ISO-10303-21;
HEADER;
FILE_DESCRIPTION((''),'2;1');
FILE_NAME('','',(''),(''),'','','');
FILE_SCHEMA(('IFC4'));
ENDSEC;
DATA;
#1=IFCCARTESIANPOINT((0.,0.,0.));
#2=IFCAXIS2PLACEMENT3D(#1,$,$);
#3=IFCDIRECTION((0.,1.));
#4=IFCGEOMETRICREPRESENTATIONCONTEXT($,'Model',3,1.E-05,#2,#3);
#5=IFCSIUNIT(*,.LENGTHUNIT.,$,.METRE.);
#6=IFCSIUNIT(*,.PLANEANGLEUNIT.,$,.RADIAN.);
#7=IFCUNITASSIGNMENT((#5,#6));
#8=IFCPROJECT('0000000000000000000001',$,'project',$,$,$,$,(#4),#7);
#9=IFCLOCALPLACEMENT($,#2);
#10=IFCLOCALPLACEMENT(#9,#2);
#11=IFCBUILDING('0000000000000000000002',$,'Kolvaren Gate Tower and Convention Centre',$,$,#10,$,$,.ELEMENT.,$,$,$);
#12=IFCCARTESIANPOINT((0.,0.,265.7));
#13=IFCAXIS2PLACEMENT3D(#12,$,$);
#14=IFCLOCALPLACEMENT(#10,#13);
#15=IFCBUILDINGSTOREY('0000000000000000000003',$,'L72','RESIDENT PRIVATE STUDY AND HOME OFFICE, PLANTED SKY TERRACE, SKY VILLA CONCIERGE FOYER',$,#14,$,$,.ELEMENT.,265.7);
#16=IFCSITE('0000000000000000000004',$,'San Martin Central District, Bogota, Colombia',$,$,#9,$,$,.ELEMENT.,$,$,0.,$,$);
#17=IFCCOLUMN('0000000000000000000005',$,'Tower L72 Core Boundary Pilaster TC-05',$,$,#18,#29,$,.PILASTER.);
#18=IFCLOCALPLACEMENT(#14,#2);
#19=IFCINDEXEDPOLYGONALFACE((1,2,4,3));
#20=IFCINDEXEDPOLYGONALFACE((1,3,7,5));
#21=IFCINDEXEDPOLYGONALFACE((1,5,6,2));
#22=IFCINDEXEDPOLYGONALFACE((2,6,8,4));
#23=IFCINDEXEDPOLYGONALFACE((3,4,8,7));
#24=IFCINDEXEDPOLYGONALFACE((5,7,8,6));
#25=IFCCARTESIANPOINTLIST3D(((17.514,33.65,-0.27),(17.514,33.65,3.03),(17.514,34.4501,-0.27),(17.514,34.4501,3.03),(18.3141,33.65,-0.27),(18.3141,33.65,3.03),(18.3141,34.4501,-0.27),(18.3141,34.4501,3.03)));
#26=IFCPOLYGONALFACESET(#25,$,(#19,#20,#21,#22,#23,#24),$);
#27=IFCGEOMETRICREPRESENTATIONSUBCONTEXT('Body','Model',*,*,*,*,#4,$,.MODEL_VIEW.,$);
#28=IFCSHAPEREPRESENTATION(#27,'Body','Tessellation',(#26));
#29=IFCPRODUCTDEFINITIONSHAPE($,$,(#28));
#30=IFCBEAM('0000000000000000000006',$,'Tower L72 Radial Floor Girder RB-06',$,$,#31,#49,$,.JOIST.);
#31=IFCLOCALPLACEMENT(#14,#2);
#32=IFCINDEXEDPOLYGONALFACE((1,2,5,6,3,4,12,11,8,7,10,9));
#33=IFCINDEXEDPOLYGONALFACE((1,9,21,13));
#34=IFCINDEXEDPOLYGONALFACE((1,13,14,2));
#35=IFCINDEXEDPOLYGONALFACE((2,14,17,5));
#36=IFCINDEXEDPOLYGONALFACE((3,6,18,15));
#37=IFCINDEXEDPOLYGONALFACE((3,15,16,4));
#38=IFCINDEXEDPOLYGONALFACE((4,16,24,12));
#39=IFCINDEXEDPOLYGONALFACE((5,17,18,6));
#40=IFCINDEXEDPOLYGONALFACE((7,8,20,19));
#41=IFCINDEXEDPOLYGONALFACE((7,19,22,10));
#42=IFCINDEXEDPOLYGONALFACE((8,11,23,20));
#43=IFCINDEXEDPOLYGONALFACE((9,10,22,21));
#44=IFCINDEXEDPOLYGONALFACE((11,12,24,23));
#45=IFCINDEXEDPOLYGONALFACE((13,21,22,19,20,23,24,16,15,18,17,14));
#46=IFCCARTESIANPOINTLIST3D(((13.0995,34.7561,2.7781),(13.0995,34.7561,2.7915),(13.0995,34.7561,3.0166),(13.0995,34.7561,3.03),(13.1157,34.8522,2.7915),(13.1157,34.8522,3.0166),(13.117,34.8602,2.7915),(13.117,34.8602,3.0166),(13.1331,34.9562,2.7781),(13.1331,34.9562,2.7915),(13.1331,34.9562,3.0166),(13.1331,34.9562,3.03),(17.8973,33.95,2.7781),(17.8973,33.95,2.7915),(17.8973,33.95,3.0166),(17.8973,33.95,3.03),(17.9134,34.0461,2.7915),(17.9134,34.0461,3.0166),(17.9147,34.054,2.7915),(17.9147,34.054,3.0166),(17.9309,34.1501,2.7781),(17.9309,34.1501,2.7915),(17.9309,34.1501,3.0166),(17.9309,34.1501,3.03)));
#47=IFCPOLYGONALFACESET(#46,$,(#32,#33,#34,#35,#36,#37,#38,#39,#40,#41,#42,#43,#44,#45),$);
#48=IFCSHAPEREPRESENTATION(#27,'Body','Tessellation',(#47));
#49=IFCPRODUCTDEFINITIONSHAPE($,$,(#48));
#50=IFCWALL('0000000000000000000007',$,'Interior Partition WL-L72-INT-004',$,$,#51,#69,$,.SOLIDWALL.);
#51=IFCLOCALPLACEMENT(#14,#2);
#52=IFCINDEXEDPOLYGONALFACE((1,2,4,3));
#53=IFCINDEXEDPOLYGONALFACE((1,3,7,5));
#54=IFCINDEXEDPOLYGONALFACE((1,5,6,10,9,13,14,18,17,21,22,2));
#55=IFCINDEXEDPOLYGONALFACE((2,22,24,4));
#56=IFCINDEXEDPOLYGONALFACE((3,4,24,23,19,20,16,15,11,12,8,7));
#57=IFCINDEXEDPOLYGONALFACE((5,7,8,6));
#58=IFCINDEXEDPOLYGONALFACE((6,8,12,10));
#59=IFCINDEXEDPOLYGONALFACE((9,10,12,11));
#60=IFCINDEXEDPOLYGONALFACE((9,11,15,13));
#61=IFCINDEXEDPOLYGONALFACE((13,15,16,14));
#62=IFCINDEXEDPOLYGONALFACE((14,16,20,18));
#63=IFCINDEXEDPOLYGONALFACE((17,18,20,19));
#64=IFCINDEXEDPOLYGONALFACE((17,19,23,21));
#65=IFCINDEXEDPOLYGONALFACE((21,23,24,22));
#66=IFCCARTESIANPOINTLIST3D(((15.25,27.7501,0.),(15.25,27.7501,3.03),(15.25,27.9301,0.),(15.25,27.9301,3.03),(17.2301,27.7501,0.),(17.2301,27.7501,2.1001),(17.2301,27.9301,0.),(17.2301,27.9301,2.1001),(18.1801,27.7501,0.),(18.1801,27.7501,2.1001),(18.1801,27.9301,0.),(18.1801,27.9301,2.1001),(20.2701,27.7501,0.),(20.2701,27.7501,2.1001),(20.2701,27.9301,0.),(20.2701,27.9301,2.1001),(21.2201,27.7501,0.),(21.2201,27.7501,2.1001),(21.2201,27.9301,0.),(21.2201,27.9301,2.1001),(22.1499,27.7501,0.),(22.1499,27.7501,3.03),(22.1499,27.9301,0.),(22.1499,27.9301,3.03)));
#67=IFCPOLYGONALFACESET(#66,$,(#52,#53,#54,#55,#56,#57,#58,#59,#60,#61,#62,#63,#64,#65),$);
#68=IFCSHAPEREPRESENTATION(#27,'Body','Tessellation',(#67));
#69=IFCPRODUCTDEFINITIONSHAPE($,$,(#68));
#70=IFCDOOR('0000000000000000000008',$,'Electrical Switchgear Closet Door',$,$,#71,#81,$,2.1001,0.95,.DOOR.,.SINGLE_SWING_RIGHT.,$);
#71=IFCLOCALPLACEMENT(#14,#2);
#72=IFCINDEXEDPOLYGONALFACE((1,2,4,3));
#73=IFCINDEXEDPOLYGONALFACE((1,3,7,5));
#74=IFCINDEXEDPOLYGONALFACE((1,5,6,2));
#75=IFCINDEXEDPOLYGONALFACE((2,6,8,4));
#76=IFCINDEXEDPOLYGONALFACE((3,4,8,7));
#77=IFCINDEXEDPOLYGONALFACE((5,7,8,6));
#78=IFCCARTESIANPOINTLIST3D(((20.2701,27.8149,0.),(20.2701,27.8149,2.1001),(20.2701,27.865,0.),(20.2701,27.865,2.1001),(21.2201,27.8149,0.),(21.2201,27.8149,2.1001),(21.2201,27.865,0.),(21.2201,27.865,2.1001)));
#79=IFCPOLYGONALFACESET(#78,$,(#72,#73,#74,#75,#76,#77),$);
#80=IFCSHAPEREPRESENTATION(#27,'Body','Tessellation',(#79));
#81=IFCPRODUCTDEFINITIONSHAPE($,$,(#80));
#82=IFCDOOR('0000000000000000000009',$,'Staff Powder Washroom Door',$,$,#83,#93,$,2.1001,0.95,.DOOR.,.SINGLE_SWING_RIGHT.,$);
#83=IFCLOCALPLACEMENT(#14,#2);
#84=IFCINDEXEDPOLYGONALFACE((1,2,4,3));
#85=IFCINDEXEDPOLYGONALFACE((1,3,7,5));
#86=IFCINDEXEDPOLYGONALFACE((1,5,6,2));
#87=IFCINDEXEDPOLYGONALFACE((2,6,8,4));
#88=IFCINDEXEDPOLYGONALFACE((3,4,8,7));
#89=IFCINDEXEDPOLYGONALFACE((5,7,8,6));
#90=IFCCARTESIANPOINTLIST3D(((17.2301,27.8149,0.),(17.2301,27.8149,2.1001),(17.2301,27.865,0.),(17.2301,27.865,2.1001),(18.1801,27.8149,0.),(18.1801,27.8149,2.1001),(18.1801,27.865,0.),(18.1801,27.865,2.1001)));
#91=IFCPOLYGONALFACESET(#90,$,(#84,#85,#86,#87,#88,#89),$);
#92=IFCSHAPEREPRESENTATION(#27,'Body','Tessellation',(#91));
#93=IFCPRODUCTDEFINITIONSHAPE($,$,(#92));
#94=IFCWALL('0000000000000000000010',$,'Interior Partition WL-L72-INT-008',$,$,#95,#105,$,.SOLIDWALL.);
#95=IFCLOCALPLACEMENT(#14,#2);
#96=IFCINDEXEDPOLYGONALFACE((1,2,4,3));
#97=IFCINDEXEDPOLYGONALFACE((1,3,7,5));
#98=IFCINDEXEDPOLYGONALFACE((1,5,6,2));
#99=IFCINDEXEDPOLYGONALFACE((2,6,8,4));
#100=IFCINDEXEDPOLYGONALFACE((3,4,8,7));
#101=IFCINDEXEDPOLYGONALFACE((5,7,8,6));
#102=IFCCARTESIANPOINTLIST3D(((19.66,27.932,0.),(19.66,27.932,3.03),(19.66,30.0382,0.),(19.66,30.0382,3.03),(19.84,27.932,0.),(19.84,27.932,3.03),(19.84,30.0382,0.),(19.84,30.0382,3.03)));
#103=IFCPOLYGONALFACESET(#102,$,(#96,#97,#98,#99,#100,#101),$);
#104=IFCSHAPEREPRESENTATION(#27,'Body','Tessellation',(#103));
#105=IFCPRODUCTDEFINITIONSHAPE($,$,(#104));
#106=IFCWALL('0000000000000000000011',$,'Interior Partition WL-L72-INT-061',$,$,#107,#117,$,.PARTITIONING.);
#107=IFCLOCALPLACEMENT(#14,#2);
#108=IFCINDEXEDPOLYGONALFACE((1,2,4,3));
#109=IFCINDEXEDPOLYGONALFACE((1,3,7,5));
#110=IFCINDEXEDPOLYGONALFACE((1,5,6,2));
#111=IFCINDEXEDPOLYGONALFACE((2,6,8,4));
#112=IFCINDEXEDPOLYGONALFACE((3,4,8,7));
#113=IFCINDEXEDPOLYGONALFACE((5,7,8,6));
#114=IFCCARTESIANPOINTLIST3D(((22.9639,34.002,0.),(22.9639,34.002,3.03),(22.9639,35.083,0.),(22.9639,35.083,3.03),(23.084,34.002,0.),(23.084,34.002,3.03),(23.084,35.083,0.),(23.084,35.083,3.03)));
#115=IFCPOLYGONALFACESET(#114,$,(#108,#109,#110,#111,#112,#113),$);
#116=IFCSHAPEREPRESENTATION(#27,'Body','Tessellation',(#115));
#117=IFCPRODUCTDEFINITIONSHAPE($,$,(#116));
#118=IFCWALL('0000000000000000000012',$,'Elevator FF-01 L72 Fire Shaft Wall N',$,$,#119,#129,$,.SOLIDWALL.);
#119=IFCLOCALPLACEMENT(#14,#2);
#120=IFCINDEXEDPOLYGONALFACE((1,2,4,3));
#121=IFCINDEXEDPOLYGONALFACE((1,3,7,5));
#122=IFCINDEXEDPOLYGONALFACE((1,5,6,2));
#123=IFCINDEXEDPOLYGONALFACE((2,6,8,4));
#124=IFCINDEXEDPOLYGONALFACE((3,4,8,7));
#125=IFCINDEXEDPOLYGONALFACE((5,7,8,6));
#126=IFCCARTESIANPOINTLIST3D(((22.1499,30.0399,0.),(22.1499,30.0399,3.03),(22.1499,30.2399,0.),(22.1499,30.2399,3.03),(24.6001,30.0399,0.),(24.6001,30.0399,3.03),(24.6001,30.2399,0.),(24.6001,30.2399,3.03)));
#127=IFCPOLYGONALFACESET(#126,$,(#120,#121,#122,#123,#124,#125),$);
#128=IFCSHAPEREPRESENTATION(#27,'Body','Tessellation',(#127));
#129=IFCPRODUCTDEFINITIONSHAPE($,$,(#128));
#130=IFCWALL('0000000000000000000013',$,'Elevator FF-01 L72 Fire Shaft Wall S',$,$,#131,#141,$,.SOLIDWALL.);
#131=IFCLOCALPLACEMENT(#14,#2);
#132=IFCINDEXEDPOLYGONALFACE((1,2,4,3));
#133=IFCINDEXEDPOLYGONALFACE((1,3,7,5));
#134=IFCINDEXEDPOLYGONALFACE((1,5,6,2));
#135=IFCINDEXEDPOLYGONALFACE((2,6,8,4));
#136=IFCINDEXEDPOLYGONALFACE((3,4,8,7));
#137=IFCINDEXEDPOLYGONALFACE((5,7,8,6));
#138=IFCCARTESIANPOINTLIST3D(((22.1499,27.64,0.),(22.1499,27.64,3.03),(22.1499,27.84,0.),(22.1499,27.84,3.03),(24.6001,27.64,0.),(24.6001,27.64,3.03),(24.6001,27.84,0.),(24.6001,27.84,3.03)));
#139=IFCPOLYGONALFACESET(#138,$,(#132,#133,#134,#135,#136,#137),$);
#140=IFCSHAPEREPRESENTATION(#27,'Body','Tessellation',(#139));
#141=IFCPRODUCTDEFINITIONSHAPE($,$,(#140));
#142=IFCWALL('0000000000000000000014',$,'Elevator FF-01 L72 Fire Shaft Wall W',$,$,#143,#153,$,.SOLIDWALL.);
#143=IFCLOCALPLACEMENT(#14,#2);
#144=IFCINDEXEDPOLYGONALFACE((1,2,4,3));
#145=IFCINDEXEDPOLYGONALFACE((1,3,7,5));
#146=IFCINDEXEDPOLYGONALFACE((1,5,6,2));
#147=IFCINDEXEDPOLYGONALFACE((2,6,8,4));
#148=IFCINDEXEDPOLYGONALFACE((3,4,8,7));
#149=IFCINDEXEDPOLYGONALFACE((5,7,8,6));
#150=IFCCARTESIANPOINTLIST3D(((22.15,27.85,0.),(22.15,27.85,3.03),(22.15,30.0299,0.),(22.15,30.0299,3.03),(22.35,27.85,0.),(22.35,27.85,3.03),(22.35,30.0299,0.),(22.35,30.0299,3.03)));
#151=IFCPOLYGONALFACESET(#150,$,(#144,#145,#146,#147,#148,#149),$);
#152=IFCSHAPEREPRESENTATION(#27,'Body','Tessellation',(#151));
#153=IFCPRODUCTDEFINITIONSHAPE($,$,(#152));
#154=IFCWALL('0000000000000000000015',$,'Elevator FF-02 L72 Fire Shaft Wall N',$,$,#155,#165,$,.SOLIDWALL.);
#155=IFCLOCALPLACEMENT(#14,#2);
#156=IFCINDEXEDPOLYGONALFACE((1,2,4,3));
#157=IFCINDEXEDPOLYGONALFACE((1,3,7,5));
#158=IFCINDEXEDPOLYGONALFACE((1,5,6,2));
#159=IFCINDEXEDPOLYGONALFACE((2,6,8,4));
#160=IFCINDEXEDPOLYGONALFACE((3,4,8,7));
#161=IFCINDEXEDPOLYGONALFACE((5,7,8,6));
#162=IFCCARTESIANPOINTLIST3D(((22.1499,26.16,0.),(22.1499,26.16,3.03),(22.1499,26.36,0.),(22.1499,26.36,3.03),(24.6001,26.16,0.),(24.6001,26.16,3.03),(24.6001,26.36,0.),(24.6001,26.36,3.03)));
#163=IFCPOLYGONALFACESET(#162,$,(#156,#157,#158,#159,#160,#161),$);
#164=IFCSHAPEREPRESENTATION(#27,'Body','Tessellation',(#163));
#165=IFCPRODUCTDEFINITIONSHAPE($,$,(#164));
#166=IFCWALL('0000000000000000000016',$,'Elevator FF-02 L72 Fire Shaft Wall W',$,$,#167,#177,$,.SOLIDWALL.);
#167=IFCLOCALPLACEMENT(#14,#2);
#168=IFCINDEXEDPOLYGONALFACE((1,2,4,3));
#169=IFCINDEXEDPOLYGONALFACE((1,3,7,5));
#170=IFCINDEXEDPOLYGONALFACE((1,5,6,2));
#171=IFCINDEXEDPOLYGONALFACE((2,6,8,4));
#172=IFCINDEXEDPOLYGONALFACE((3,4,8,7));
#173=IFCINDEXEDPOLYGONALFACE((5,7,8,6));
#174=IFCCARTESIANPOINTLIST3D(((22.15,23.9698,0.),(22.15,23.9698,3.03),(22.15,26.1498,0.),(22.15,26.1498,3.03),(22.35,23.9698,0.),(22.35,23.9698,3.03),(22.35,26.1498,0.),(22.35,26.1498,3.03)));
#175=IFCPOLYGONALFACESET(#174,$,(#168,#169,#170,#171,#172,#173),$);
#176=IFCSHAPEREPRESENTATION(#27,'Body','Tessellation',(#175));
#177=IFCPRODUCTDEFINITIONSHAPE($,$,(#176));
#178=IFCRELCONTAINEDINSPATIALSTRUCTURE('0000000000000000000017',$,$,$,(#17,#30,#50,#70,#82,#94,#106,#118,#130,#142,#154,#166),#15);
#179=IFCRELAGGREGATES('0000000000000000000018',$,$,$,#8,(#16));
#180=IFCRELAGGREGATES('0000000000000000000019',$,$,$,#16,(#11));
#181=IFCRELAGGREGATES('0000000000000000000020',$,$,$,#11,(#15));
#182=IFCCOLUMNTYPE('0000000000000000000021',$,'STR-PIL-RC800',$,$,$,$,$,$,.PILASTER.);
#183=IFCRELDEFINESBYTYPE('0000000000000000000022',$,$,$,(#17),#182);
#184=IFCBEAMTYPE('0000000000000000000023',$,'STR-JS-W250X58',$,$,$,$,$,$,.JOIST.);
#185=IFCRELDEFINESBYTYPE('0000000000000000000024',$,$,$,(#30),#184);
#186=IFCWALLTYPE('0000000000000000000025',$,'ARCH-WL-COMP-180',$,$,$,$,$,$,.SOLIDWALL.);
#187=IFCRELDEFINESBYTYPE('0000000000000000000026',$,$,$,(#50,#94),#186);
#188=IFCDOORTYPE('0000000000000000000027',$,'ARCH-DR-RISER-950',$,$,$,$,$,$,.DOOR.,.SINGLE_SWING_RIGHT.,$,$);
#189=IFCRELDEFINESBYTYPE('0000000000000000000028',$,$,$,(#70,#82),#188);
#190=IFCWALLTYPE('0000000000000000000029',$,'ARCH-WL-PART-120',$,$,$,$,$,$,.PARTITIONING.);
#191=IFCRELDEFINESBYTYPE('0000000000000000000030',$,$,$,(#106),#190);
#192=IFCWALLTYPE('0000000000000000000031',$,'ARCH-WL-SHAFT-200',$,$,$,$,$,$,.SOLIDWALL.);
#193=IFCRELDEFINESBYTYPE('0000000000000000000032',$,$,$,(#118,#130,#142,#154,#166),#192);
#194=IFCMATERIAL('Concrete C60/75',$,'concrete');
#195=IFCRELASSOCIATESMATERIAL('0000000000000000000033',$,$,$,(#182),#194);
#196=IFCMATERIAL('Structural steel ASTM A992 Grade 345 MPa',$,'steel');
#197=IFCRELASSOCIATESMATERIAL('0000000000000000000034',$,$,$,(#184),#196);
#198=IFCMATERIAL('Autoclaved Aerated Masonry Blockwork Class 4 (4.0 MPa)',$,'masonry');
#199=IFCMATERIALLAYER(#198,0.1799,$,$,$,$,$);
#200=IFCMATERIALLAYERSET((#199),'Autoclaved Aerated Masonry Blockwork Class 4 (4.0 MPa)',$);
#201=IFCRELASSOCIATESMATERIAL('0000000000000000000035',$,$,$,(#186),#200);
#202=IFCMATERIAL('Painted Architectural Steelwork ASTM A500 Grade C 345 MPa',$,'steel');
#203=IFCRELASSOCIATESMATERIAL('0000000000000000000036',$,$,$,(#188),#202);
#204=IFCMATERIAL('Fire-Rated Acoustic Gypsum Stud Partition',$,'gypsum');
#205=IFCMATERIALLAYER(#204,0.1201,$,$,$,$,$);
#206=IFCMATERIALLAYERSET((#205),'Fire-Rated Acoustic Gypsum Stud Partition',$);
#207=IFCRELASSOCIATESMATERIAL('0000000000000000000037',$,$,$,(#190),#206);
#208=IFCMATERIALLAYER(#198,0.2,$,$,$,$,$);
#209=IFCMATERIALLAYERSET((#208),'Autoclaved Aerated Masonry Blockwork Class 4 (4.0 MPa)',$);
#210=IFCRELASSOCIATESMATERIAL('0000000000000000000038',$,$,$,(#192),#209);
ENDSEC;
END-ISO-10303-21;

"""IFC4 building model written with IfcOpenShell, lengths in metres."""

from ifc_helpers import new_model, si_unit, direction, frame, frame_2d, origin, origin_2d, place, context, subcontext, project, spatial, rectangle, i_section, extrude, material, layer, layer_set, material_profile, profile_set, type_object, element, fill, save


model = new_model("IFC4")

# Units and contexts
model_context = context("Model", 3, precision=1e-05, world=origin(), true_north=direction((0.0, 1.0)))
body_context = subcontext(model_context, "Body", "Model", "MODEL_VIEW")
ifc_project = project(units=[si_unit("LENGTHUNIT", "METRE"), si_unit("PLANEANGLEUNIT", "RADIAN")], contexts=[model_context])

# Site, building, storey
site_placement = place(None, origin())
site = spatial("IfcSite", under=ifc_project, at=site_placement, Name="San Martin Central District, Bogota, Colombia", CompositionType="ELEMENT", RefElevation=0.0)
building_placement = place(site_placement, origin())
building = spatial("IfcBuilding", under=site, at=building_placement, Name="Kolvaren Gate Tower and Convention Centre", CompositionType="ELEMENT")
storey_placement = place(building_placement, frame((0.0, 0.0, 265.7)))
storey = spatial("IfcBuildingStorey", under=building, at=storey_placement, Name="L72", Description="RESIDENT PRIVATE STUDY AND HOME OFFICE, PLANTED SKY TERRACE, SKY VILLA CONCIERGE FOYER", CompositionType="ELEMENT", Elevation=265.7)

# Column
ifc_material_1 = material(Name="Concrete C60/75", Category="concrete")
ifc_material_profile_1 = material_profile(ifc_material_1, rectangle(XDim=0.8, YDim=0.8, at=origin_2d()), Name="RC-COL-800X800")
ifc_profile_set_1 = profile_set([ifc_material_profile_1], Name="Concrete C60/75")
column_type = type_object("IfcColumnType", Name="STR-PIL-RC800", PredefinedType="PILASTER", material=ifc_profile_set_1)
column_placement = place(storey_placement, frame((17.9141, 34.05, -0.27), z_axis=(0.0, 0.0, 1.0), x_axis=(1.0, 0.0, 0.0)))
element("IfcColumn", 1, at=column_placement, inside=storey, type_object=column_type, Name="Tower L72 Core Boundary Pilaster TC-05", PredefinedType="PILASTER", context=body_context, shape_type="SweptSolid", body=[
    extrude(rectangle(XDim=0.8, YDim=0.8, at=origin_2d()), origin(), (0.0, 0.0, 1.0), 3.3),
])

# Beam
ifc_material_2 = material(Name="Structural steel ASTM A992 Grade 345 MPa", Category="steel")
ifc_material_profile_2 = material_profile(ifc_material_2, i_section(OverallWidth=0.2029, OverallDepth=0.252, WebThickness=0.0081, FlangeThickness=0.0134, at=origin_2d()), Name="W250X58")
ifc_profile_set_2 = profile_set([ifc_material_profile_2], Name="Structural steel ASTM A992 Grade 345 MPa")
beam_type = type_object("IfcBeamType", Name="STR-JS-W250X58", PredefinedType="JOIST", material=ifc_profile_set_2)
beam_placement = place(storey_placement, frame((17.9141, 34.05, 2.9041), z_axis=(-0.986176, 0.165701, 0.0), x_axis=(-0.165701, -0.986176, 0.0)))
element("IfcBeam", 2, at=beam_placement, inside=storey, type_object=beam_type, Name="Tower L72 Radial Floor Girder RB-06", PredefinedType="JOIST", context=body_context, shape_type="SweptSolid", body=[
    extrude(i_section(OverallWidth=0.2029, OverallDepth=0.252, WebThickness=0.0081, FlangeThickness=0.0134, at=origin_2d()), origin(), (0.0, 0.0, 1.0), 4.865),
])

# Wall, openings, doors
ifc_material_3 = material(Name="Autoclaved Aerated Masonry Blockwork Class 4 (4.0 MPa)", Category="masonry")
ifc_layer_1 = layer(ifc_material_3, 0.1799)
ifc_layer_set_1 = layer_set([ifc_layer_1], Name="Autoclaved Aerated Masonry Blockwork Class 4 (4.0 MPa)")
wall_type_1 = type_object("IfcWallType", Name="ARCH-WL-COMP-180", PredefinedType="SOLIDWALL", material=ifc_layer_set_1)
wall_1_placement = place(storey_placement, frame((15.25, 27.8401, 0.0), z_axis=(0.0, 0.0, 1.0), x_axis=(1.0, 0.0, 0.0)))
wall_1 = element("IfcWall", 3, at=wall_1_placement, inside=storey, type_object=wall_type_1, Name="Interior Partition WL-L72-INT-004", PredefinedType="SOLIDWALL", context=body_context, shape_type="SweptSolid", body=[
    extrude(rectangle(XDim=6.8999, YDim=0.1799, at=frame_2d((3.45, 0.0))), origin(), (0.0, 0.0, 1.0), 3.03),
])
opening_1_placement = place(wall_1_placement, frame((5.02, 0.0, 0.0)))
opening_1 = element("IfcOpeningElement", 4, at=opening_1_placement, cuts=wall_1, PredefinedType="OPENING", context=body_context, shape_type="SweptSolid", body=[
    extrude(rectangle(XDim=0.95, YDim=2.1001, at=frame_2d((0.4751, 1.05))), frame((0.0, 0.0999, 0.0), z_axis=(0.0, -1.0, 0.0), x_axis=(1.0, 0.0, 0.0)), (0.0, 0.0, 1.0), 0.2),
])
opening_2_placement = place(wall_1_placement, frame((1.98, 0.0, 0.0)))
opening_2 = element("IfcOpeningElement", 5, at=opening_2_placement, cuts=wall_1, PredefinedType="OPENING", context=body_context, shape_type="SweptSolid", body=[
    extrude(rectangle(XDim=0.95, YDim=2.1001, at=frame_2d((0.4751, 1.05))), frame((0.0, 0.0999, 0.0), z_axis=(0.0, -1.0, 0.0), x_axis=(1.0, 0.0, 0.0)), (0.0, 0.0, 1.0), 0.2),
])
ifc_material_4 = material(Name="Painted Architectural Steelwork ASTM A500 Grade C 345 MPa", Category="steel")
door_type = type_object("IfcDoorType", Name="ARCH-DR-RISER-950", OperationType="SINGLE_SWING_RIGHT", PredefinedType="DOOR", material=ifc_material_4)
door_1_placement = place(opening_1_placement, origin())
door_1 = element("IfcDoor", 6, at=door_1_placement, inside=storey, type_object=door_type, Name="Electrical Switchgear Closet Door", OperationType="SINGLE_SWING_RIGHT", OverallHeight=2.1001, OverallWidth=0.95, PredefinedType="DOOR", context=body_context, shape_type="SweptSolid", body=[
    extrude(rectangle(XDim=0.95, YDim=2.1001, at=frame_2d((0.4751, 1.05))), frame((0.0, 0.0249, 0.0), z_axis=(0.0, -1.0, 0.0), x_axis=(1.0, 0.0, 0.0)), (0.0, 0.0, 1.0), 0.05),
])
fill(opening_1, door_1)
door_2_placement = place(opening_2_placement, origin())
door_2 = element("IfcDoor", 7, at=door_2_placement, inside=storey, type_object=door_type, Name="Staff Powder Washroom Door", OperationType="SINGLE_SWING_RIGHT", OverallHeight=2.1001, OverallWidth=0.95, PredefinedType="DOOR", context=body_context, shape_type="SweptSolid", body=[
    extrude(rectangle(XDim=0.95, YDim=2.1001, at=frame_2d((0.4751, 1.05))), frame((0.0, 0.0249, 0.0), z_axis=(0.0, -1.0, 0.0), x_axis=(1.0, 0.0, 0.0)), (0.0, 0.0, 1.0), 0.05),
])
fill(opening_2, door_2)

# Walls
wall_2_placement = place(storey_placement, frame((19.75, 27.9319, 0.0), z_axis=(0.0, 0.0, 1.0), x_axis=(0.0, 1.0, 0.0)))
element("IfcWall", 8, at=wall_2_placement, inside=storey, type_object=wall_type_1, Name="Interior Partition WL-L72-INT-008", PredefinedType="SOLIDWALL", context=body_context, shape_type="SweptSolid", body=[
    extrude(rectangle(XDim=2.1062, YDim=0.1799, at=frame_2d((1.0532, 0.0))), origin(), (0.0, 0.0, 1.0), 3.03),
])
ifc_material_5 = material(Name="Fire-Rated Acoustic Gypsum Stud Partition", Category="gypsum")
ifc_layer_2 = layer(ifc_material_5, 0.1201)
ifc_layer_set_2 = layer_set([ifc_layer_2], Name="Fire-Rated Acoustic Gypsum Stud Partition")
wall_type_2 = type_object("IfcWallType", Name="ARCH-WL-PART-120", PredefinedType="PARTITIONING", material=ifc_layer_set_2)
wall_3_placement = place(storey_placement, frame((23.0239, 34.002, 0.0), z_axis=(0.0, 0.0, 1.0), x_axis=(0.0, 1.0, 0.0)))
element("IfcWall", 9, at=wall_3_placement, inside=storey, type_object=wall_type_2, Name="Interior Partition WL-L72-INT-061", PredefinedType="PARTITIONING", context=body_context, shape_type="SweptSolid", body=[
    extrude(rectangle(XDim=1.0811, YDim=0.1201, at=frame_2d((0.5405, 0.0))), origin(), (0.0, 0.0, 1.0), 3.03),
])
ifc_layer_3 = layer(ifc_material_3, 0.2)
ifc_layer_set_3 = layer_set([ifc_layer_3], Name="Autoclaved Aerated Masonry Blockwork Class 4 (4.0 MPa)")
wall_type_3 = type_object("IfcWallType", Name="ARCH-WL-SHAFT-200", PredefinedType="SOLIDWALL", material=ifc_layer_set_3)
for number, where, z_axis, x_axis, name in (
    (10, (22.1499, 30.1399, 0.0), (0.0, 0.0, 1.0), (1.0, 0.0, 0.0), "Elevator FF-01 L72 Fire Shaft Wall N"),
    (11, (22.1499, 27.74, 0.0), (0.0, 0.0, 1.0), (1.0, 0.0, 0.0), "Elevator FF-01 L72 Fire Shaft Wall S"),
):
    element("IfcWall", number, at=place(storey_placement, frame(where, z_axis=z_axis, x_axis=x_axis)), inside=storey, type_object=wall_type_3, Name=name, PredefinedType="SOLIDWALL", context=body_context, shape_type="SweptSolid", body=[
        extrude(rectangle(XDim=2.4502, YDim=0.2, at=frame_2d((1.2251, 0.0))), origin(), (0.0, 0.0, 1.0), 3.03),
    ])
wall_4_placement = place(storey_placement, frame((22.25, 27.8501, 0.0), z_axis=(0.0, 0.0, 1.0), x_axis=(0.0, 1.0, 0.0)))
element("IfcWall", 12, at=wall_4_placement, inside=storey, type_object=wall_type_3, Name="Elevator FF-01 L72 Fire Shaft Wall W", PredefinedType="SOLIDWALL", context=body_context, shape_type="SweptSolid", body=[
    extrude(rectangle(XDim=2.1799, YDim=0.2, at=frame_2d((1.0898, 0.0))), origin(), (0.0, 0.0, 1.0), 3.03),
])
wall_5_placement = place(storey_placement, frame((22.1499, 26.26, 0.0), z_axis=(0.0, 0.0, 1.0), x_axis=(1.0, 0.0, 0.0)))
element("IfcWall", 13, at=wall_5_placement, inside=storey, type_object=wall_type_3, Name="Elevator FF-02 L72 Fire Shaft Wall N", PredefinedType="SOLIDWALL", context=body_context, shape_type="SweptSolid", body=[
    extrude(rectangle(XDim=2.4502, YDim=0.2, at=frame_2d((1.2251, 0.0))), origin(), (0.0, 0.0, 1.0), 3.03),
])
wall_6_placement = place(storey_placement, frame((22.25, 23.97, 0.0), z_axis=(0.0, 0.0, 1.0), x_axis=(0.0, 1.0, 0.0)))
element("IfcWall", 14, at=wall_6_placement, inside=storey, type_object=wall_type_3, Name="Elevator FF-02 L72 Fire Shaft Wall W", PredefinedType="SOLIDWALL", context=body_context, shape_type="SweptSolid", body=[
    extrude(rectangle(XDim=2.1799, YDim=0.2, at=frame_2d((1.0898, 0.0))), origin(), (0.0, 0.0, 1.0), 3.03),
])

save(model, "model.ifc")
